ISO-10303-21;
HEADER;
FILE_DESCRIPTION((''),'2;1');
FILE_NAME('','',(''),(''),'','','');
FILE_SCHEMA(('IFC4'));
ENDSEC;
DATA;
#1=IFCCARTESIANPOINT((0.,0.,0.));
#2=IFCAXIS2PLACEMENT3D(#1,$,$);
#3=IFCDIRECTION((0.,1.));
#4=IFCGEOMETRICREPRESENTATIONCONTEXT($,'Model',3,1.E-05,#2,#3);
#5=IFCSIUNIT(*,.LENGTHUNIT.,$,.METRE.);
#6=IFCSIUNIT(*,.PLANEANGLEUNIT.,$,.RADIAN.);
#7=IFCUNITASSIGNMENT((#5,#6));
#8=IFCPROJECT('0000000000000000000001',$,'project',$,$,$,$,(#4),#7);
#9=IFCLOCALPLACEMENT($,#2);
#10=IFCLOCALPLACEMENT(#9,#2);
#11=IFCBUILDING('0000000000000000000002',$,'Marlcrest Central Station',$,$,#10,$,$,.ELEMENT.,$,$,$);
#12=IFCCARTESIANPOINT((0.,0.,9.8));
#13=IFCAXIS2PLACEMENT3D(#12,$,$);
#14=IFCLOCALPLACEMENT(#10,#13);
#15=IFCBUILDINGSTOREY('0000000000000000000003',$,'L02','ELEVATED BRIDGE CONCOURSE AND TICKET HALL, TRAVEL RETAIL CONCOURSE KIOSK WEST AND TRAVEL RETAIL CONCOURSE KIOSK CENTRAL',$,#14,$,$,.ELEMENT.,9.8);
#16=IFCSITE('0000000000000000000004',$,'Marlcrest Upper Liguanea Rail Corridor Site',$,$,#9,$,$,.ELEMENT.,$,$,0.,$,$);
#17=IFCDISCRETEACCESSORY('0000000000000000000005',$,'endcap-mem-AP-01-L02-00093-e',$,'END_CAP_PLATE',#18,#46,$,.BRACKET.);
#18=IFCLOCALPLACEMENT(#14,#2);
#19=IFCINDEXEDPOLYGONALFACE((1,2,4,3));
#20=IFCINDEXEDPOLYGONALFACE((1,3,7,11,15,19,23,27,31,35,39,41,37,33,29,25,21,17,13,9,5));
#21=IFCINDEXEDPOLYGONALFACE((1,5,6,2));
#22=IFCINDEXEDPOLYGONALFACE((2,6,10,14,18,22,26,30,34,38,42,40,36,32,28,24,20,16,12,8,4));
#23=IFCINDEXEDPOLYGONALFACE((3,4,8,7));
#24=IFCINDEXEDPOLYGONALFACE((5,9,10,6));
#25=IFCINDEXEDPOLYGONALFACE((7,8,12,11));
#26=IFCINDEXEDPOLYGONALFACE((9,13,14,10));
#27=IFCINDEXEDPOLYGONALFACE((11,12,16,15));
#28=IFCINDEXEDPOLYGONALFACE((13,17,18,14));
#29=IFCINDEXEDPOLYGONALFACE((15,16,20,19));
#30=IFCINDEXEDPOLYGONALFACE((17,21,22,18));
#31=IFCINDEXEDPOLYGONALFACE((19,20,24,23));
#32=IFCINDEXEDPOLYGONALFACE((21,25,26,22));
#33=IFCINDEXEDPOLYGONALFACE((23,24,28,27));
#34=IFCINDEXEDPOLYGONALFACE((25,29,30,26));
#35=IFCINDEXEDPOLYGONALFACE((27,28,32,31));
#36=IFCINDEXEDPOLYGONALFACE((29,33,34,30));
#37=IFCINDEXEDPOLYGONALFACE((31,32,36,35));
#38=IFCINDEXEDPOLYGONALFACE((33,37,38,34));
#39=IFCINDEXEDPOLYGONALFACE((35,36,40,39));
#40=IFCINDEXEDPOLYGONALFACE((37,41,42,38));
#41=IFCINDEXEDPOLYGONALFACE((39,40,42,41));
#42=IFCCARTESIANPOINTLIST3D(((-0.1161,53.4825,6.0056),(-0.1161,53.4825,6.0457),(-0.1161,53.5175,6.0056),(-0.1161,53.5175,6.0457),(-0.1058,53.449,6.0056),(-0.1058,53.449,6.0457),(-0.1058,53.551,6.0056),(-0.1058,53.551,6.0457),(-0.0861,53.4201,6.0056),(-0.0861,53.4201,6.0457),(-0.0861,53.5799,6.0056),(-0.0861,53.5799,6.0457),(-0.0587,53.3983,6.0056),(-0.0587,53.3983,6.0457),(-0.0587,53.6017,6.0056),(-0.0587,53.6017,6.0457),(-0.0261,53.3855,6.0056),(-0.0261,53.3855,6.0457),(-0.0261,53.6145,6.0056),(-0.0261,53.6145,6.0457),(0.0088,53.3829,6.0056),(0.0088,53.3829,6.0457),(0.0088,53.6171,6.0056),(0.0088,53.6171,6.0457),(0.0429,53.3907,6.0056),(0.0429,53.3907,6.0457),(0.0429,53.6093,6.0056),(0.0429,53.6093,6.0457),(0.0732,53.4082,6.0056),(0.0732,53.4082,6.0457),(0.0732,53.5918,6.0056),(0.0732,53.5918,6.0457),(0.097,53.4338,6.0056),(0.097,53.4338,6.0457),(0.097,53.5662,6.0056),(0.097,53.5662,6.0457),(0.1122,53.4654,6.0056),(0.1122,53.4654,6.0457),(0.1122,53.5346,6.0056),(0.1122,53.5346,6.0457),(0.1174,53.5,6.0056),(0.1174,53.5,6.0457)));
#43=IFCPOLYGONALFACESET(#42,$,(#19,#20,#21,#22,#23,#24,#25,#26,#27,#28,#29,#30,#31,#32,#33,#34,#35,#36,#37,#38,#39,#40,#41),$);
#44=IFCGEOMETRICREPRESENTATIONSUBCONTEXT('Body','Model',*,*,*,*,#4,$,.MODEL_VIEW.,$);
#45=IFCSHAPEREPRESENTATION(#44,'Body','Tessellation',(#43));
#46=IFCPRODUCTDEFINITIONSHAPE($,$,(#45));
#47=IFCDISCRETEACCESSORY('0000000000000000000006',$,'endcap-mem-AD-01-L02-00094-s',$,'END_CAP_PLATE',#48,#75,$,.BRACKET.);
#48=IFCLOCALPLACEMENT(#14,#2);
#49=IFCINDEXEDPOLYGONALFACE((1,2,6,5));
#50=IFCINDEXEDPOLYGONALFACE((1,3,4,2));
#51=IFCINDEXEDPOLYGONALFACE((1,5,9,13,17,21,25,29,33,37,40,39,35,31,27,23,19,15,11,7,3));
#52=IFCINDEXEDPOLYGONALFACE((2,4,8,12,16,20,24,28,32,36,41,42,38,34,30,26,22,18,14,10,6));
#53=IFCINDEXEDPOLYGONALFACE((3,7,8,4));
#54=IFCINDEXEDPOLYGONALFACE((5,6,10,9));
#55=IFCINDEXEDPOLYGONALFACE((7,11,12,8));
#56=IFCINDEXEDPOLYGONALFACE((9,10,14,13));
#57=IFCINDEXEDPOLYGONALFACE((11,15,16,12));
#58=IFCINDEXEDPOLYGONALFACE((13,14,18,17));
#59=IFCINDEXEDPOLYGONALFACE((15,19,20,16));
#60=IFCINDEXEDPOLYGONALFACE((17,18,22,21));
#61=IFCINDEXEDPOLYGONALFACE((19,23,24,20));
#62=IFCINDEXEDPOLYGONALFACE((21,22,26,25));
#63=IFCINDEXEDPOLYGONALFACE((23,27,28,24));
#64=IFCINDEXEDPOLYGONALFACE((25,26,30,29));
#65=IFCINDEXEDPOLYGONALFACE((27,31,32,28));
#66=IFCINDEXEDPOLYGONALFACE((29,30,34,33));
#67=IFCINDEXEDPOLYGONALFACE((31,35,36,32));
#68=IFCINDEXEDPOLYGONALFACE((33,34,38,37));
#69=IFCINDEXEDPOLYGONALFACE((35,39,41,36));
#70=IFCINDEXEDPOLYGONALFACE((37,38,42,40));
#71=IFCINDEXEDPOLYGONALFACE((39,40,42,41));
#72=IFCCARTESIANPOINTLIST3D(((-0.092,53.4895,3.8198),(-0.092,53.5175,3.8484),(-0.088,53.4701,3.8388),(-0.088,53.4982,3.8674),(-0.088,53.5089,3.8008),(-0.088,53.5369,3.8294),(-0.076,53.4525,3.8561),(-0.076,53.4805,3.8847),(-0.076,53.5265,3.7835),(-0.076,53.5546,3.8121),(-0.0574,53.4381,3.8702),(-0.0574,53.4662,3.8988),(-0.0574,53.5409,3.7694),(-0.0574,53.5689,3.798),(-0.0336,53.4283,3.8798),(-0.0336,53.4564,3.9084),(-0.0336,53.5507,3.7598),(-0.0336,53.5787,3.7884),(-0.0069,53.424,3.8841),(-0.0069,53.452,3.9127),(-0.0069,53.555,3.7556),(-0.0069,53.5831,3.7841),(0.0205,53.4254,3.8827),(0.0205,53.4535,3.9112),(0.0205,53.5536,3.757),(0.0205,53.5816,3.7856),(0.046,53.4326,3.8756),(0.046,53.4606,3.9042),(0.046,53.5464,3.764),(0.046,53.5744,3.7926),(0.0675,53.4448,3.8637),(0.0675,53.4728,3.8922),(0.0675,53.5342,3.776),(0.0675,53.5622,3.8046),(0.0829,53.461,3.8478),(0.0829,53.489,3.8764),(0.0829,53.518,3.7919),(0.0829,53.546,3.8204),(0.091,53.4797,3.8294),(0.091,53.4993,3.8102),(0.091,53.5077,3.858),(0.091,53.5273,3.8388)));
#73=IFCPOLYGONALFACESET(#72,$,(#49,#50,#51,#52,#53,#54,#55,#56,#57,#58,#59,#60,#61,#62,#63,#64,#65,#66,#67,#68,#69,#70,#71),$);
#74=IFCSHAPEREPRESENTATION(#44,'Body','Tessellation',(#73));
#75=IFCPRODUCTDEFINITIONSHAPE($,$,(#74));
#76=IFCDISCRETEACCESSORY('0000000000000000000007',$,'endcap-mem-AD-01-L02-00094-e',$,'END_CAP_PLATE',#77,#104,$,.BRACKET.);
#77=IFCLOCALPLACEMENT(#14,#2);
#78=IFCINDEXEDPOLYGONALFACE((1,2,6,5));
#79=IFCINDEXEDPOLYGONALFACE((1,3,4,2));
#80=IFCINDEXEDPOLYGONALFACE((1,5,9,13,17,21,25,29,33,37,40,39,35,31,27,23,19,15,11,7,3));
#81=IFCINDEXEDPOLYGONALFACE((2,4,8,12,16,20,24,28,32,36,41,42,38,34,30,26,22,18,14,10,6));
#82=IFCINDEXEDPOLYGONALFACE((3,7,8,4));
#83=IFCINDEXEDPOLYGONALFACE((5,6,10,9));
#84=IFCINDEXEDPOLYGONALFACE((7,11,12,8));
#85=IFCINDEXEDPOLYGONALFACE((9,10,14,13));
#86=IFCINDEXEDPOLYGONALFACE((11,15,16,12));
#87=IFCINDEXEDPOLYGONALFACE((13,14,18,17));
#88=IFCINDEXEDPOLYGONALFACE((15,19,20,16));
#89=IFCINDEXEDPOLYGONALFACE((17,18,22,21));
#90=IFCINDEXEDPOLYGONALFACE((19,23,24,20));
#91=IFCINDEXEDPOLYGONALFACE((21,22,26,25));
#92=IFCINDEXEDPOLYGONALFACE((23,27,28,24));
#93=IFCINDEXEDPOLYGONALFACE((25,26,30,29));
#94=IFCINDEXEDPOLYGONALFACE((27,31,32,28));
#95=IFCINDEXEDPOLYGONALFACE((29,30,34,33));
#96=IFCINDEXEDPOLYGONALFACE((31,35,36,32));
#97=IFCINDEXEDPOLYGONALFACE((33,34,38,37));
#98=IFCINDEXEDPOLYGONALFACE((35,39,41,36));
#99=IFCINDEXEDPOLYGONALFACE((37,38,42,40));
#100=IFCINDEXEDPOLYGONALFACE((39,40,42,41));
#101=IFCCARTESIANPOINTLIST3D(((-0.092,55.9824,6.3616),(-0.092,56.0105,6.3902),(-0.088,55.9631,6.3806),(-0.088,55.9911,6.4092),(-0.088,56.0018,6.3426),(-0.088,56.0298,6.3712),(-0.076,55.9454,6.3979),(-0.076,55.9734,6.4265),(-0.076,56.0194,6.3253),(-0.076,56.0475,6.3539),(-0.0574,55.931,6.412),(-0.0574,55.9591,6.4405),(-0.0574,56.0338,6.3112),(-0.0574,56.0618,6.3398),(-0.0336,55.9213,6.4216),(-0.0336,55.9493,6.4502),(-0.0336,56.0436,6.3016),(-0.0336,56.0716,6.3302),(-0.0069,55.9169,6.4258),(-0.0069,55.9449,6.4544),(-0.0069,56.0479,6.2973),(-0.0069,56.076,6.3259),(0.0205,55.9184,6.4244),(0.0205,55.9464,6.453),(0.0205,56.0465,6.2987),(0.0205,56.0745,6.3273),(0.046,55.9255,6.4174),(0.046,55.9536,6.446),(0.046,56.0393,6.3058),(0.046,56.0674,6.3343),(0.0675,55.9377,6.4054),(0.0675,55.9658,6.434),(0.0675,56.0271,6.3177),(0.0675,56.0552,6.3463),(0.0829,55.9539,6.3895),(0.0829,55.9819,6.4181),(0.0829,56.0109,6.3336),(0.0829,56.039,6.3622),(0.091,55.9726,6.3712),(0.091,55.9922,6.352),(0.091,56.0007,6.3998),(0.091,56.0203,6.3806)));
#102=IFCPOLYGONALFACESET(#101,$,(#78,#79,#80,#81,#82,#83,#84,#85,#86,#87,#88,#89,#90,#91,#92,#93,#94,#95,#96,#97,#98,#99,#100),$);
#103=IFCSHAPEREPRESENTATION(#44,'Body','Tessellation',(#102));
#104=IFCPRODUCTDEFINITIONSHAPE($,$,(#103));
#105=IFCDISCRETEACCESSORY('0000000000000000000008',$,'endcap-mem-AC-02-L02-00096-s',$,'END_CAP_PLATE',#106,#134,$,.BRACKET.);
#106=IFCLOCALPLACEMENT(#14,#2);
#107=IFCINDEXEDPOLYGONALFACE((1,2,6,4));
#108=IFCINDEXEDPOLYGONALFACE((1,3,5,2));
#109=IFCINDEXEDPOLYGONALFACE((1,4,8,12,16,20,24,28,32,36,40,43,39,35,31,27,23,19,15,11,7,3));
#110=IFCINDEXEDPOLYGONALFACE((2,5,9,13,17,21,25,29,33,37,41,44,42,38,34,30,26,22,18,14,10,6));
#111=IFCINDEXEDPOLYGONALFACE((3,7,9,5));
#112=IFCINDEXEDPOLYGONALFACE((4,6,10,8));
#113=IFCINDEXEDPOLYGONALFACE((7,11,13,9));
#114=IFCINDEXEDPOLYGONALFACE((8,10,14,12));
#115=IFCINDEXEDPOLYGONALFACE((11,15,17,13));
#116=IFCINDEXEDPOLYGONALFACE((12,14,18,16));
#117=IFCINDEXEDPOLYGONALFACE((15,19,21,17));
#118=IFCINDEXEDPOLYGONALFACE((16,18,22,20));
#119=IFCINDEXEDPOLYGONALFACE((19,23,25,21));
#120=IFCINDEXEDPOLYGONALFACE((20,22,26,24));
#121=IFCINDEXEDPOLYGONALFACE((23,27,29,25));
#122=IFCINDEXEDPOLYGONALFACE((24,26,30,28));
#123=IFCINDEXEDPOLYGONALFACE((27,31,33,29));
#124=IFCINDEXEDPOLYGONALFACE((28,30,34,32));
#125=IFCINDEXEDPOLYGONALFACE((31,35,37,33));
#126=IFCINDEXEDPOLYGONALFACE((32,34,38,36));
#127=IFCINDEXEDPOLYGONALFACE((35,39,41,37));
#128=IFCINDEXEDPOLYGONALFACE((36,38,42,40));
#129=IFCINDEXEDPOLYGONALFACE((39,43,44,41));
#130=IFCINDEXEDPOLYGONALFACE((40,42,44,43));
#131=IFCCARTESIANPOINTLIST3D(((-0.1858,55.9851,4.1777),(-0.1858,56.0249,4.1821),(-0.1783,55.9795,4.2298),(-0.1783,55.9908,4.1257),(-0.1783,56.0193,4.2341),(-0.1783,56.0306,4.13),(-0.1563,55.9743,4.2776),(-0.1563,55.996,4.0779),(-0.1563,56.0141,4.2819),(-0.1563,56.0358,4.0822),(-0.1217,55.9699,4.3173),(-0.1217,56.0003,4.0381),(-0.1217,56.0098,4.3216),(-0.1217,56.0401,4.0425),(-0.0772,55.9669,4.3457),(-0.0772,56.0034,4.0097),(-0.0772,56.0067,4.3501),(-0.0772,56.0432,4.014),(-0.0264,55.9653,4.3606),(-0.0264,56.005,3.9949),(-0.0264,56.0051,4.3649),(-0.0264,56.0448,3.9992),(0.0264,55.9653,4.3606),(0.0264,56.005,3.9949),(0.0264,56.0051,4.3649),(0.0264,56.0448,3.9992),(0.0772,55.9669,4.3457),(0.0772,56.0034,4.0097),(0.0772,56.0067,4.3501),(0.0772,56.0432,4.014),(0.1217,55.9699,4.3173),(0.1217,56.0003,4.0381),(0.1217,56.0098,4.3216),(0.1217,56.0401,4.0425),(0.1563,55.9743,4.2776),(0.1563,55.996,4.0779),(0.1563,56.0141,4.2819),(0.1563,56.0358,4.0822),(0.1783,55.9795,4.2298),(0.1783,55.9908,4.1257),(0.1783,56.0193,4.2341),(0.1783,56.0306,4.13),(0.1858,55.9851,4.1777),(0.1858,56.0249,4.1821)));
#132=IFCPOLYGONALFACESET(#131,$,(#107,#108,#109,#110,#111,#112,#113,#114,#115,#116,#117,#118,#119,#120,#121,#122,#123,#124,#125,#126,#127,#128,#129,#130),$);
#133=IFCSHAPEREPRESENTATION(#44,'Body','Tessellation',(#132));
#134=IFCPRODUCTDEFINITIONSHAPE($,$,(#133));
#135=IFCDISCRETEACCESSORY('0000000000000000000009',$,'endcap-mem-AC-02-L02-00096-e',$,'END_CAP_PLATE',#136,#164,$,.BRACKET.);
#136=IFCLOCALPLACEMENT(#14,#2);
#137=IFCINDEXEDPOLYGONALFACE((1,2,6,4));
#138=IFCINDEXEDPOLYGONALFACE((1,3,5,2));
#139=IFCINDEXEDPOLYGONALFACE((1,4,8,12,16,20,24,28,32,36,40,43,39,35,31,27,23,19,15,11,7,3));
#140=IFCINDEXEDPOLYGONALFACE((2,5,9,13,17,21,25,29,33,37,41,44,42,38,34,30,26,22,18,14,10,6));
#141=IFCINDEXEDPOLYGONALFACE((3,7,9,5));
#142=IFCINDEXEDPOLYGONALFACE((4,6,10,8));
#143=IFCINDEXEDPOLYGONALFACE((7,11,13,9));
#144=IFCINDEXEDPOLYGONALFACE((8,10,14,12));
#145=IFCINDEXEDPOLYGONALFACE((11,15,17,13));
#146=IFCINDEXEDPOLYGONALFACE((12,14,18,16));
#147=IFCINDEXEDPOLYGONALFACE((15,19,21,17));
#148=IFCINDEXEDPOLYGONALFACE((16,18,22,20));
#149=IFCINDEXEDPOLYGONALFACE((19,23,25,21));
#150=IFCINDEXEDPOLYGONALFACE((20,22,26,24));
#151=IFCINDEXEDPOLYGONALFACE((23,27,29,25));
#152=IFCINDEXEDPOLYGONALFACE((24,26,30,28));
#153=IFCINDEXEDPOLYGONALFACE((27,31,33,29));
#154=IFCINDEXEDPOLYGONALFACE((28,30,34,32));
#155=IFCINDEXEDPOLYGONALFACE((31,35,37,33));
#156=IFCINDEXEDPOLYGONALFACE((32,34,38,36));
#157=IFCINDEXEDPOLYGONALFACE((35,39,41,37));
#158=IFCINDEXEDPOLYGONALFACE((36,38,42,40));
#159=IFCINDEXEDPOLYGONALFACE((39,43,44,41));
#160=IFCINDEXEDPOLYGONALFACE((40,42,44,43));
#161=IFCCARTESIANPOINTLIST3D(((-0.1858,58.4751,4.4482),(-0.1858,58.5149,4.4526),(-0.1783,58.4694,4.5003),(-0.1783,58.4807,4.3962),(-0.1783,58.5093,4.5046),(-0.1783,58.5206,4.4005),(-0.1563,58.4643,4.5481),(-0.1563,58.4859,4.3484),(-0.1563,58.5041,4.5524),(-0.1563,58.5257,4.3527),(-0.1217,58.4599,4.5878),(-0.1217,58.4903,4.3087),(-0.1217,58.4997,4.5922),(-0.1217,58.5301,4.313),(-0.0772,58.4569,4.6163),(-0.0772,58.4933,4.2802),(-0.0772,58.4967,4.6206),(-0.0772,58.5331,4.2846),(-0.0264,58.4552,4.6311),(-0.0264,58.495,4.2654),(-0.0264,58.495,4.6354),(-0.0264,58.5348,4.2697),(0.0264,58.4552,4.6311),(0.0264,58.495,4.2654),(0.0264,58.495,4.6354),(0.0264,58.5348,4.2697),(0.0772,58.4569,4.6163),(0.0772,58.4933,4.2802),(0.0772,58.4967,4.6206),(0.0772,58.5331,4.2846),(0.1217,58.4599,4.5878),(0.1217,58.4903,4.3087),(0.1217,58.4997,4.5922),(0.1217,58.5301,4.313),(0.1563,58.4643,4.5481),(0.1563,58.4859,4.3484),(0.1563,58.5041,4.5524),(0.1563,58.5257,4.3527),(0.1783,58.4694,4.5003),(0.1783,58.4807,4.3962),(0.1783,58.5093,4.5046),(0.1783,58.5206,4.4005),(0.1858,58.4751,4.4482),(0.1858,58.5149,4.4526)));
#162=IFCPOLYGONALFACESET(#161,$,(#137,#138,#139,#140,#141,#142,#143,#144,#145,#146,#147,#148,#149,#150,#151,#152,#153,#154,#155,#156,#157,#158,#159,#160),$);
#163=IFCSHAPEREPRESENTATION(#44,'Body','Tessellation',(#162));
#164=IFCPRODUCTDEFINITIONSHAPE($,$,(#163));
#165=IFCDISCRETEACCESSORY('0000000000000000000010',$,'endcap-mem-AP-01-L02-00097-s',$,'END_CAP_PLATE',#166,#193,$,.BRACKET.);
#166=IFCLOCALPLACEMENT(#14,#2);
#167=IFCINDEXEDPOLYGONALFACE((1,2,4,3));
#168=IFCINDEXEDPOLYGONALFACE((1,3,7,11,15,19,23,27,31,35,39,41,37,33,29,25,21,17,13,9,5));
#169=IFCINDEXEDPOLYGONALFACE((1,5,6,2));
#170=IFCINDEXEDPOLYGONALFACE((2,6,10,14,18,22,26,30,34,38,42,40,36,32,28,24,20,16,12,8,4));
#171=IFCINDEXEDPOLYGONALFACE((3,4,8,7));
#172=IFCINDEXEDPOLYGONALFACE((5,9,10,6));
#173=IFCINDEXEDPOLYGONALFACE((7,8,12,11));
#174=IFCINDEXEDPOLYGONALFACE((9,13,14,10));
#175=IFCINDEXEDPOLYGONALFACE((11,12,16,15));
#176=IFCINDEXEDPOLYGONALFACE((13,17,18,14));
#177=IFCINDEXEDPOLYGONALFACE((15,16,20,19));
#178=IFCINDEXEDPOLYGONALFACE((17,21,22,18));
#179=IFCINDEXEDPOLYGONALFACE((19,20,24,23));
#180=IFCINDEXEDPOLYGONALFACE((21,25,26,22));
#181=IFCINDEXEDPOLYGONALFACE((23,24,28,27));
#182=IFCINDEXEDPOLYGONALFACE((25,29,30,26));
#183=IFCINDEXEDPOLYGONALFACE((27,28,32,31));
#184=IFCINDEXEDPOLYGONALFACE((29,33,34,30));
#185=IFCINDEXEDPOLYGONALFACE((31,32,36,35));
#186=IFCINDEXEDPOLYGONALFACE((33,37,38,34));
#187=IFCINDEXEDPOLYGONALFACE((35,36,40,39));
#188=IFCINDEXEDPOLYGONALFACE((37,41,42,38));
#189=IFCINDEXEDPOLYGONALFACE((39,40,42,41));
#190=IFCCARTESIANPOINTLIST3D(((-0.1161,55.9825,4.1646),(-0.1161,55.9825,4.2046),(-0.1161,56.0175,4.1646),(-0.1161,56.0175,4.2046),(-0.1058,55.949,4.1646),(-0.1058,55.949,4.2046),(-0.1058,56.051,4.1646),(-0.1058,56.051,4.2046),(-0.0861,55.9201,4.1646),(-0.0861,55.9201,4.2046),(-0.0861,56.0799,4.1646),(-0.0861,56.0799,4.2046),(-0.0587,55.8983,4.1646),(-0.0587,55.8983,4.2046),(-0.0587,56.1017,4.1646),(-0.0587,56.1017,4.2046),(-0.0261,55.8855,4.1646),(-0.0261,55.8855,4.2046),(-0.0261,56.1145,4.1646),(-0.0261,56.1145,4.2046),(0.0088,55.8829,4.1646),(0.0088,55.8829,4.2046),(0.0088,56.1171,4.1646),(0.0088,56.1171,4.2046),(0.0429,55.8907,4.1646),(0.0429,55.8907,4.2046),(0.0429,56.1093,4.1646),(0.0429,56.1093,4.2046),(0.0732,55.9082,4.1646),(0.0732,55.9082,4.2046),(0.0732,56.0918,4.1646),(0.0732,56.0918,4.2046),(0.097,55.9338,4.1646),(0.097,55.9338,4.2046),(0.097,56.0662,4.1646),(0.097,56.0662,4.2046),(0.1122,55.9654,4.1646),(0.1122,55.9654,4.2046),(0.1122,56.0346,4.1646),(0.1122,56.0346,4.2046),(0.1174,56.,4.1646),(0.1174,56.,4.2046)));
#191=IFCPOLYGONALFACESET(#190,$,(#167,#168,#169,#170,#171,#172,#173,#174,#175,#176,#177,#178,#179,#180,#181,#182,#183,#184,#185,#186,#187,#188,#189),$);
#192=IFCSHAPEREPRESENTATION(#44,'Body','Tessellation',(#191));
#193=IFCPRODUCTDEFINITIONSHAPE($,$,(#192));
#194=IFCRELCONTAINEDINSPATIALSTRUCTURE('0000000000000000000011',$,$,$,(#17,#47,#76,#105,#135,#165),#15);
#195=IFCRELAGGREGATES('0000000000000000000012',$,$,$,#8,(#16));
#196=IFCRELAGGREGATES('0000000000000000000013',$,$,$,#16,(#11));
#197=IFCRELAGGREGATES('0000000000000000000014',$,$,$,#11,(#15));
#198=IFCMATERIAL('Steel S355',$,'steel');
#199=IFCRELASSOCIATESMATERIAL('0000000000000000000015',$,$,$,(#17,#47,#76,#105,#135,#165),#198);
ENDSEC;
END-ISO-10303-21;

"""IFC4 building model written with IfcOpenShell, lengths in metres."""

from ifc_helpers import new_model, si_unit, direction, frame, origin, origin_2d, place, context, subcontext, project, spatial, circle, extrude, material, element, save


model = new_model("IFC4")

# Units and contexts
model_context = context("Model", 3, precision=1e-05, world=origin(), true_north=direction((0.0, 1.0)))
body_context = subcontext(model_context, "Body", "Model", "MODEL_VIEW")
ifc_project = project(units=[si_unit("LENGTHUNIT", "METRE"), si_unit("PLANEANGLEUNIT", "RADIAN")], contexts=[model_context])

# Site, building, storey
site_placement = place(None, origin())
site = spatial("IfcSite", under=ifc_project, at=site_placement, Name="Marlcrest Upper Liguanea Rail Corridor Site", CompositionType="ELEMENT", RefElevation=0.0)
building_placement = place(site_placement, origin())
building = spatial("IfcBuilding", under=site, at=building_placement, Name="Marlcrest Central Station", CompositionType="ELEMENT")
storey_placement = place(building_placement, frame((0.0, 0.0, 9.8)))
storey = spatial("IfcBuildingStorey", under=building, at=storey_placement, Name="L02", Description="ELEVATED BRIDGE CONCOURSE AND TICKET HALL, TRAVEL RETAIL CONCOURSE KIOSK WEST AND TRAVEL RETAIL CONCOURSE KIOSK CENTRAL", CompositionType="ELEMENT", Elevation=9.8)

# Shared definitions
ifc_material = material(Name="Steel S355", Category="steel")

# Discrete accessories
for number, where, z_axis, x_axis, name in (
    (1, (0.0, 53.5, 6.0056), (0.0, 0.0, 1.0), (1.0, 0.0, 0.0), "endcap-mem-AP-01-L02-00093-e"),
):
    element("IfcDiscreteAccessory", number, at=place(storey_placement, frame(where, z_axis=z_axis, x_axis=x_axis)), inside=storey, material=ifc_material, Name=name, ObjectType="END_CAP_PLATE", PredefinedType="BRACKET", context=body_context, shape_type="SweptSolid", body=[
        extrude(circle(Radius=0.1174, at=origin_2d()), origin(), (0.0, 0.0, 1.0), 0.04),
    ])
for number, where, z_axis, x_axis, name in (
    (2, (0.0, 53.4895, 3.8198), (0.0, 0.700235, 0.713912), (-1.0, 0.0, 0.0), "endcap-mem-AD-01-L02-00094-s"),
    (3, (0.0, 55.9824, 6.3616), (0.0, 0.700235, 0.713912), (-1.0, 0.0, 0.0), "endcap-mem-AD-01-L02-00094-e"),
):
    element("IfcDiscreteAccessory", number, at=place(storey_placement, frame(where, z_axis=z_axis, x_axis=x_axis)), inside=storey, material=ifc_material, Name=name, ObjectType="END_CAP_PLATE", PredefinedType="BRACKET", context=body_context, shape_type="SweptSolid", body=[
        extrude(circle(Radius=0.092, at=origin_2d()), origin(), (0.0, 0.0, 1.0), 0.04),
    ])
for number, where, z_axis, x_axis, name in (
    (4, (0.0, 55.9851, 4.1777), (0.0, 0.994155, 0.107959), (-1.0, 0.0, 0.0), "endcap-mem-AC-02-L02-00096-s"),
    (5, (0.0, 58.4751, 4.4482), (0.0, 0.994155, 0.107959), (-1.0, 0.0, 0.0), "endcap-mem-AC-02-L02-00096-e"),
):
    element("IfcDiscreteAccessory", number, at=place(storey_placement, frame(where, z_axis=z_axis, x_axis=x_axis)), inside=storey, material=ifc_material, Name=name, ObjectType="END_CAP_PLATE", PredefinedType="BRACKET", context=body_context, shape_type="SweptSolid", body=[
        extrude(circle(Radius=0.1858, at=origin_2d()), origin(), (0.0, 0.0, 1.0), 0.04),
    ])
for number, where, z_axis, x_axis, name in (
    (6, (0.0, 56.0, 4.1646), (0.0, 0.0, 1.0), (1.0, 0.0, 0.0), "endcap-mem-AP-01-L02-00097-s"),
):
    element("IfcDiscreteAccessory", number, at=place(storey_placement, frame(where, z_axis=z_axis, x_axis=x_axis)), inside=storey, material=ifc_material, Name=name, ObjectType="END_CAP_PLATE", PredefinedType="BRACKET", context=body_context, shape_type="SweptSolid", body=[
        extrude(circle(Radius=0.1174, at=origin_2d()), origin(), (0.0, 0.0, 1.0), 0.04),
    ])

save(model, "model.ifc")
